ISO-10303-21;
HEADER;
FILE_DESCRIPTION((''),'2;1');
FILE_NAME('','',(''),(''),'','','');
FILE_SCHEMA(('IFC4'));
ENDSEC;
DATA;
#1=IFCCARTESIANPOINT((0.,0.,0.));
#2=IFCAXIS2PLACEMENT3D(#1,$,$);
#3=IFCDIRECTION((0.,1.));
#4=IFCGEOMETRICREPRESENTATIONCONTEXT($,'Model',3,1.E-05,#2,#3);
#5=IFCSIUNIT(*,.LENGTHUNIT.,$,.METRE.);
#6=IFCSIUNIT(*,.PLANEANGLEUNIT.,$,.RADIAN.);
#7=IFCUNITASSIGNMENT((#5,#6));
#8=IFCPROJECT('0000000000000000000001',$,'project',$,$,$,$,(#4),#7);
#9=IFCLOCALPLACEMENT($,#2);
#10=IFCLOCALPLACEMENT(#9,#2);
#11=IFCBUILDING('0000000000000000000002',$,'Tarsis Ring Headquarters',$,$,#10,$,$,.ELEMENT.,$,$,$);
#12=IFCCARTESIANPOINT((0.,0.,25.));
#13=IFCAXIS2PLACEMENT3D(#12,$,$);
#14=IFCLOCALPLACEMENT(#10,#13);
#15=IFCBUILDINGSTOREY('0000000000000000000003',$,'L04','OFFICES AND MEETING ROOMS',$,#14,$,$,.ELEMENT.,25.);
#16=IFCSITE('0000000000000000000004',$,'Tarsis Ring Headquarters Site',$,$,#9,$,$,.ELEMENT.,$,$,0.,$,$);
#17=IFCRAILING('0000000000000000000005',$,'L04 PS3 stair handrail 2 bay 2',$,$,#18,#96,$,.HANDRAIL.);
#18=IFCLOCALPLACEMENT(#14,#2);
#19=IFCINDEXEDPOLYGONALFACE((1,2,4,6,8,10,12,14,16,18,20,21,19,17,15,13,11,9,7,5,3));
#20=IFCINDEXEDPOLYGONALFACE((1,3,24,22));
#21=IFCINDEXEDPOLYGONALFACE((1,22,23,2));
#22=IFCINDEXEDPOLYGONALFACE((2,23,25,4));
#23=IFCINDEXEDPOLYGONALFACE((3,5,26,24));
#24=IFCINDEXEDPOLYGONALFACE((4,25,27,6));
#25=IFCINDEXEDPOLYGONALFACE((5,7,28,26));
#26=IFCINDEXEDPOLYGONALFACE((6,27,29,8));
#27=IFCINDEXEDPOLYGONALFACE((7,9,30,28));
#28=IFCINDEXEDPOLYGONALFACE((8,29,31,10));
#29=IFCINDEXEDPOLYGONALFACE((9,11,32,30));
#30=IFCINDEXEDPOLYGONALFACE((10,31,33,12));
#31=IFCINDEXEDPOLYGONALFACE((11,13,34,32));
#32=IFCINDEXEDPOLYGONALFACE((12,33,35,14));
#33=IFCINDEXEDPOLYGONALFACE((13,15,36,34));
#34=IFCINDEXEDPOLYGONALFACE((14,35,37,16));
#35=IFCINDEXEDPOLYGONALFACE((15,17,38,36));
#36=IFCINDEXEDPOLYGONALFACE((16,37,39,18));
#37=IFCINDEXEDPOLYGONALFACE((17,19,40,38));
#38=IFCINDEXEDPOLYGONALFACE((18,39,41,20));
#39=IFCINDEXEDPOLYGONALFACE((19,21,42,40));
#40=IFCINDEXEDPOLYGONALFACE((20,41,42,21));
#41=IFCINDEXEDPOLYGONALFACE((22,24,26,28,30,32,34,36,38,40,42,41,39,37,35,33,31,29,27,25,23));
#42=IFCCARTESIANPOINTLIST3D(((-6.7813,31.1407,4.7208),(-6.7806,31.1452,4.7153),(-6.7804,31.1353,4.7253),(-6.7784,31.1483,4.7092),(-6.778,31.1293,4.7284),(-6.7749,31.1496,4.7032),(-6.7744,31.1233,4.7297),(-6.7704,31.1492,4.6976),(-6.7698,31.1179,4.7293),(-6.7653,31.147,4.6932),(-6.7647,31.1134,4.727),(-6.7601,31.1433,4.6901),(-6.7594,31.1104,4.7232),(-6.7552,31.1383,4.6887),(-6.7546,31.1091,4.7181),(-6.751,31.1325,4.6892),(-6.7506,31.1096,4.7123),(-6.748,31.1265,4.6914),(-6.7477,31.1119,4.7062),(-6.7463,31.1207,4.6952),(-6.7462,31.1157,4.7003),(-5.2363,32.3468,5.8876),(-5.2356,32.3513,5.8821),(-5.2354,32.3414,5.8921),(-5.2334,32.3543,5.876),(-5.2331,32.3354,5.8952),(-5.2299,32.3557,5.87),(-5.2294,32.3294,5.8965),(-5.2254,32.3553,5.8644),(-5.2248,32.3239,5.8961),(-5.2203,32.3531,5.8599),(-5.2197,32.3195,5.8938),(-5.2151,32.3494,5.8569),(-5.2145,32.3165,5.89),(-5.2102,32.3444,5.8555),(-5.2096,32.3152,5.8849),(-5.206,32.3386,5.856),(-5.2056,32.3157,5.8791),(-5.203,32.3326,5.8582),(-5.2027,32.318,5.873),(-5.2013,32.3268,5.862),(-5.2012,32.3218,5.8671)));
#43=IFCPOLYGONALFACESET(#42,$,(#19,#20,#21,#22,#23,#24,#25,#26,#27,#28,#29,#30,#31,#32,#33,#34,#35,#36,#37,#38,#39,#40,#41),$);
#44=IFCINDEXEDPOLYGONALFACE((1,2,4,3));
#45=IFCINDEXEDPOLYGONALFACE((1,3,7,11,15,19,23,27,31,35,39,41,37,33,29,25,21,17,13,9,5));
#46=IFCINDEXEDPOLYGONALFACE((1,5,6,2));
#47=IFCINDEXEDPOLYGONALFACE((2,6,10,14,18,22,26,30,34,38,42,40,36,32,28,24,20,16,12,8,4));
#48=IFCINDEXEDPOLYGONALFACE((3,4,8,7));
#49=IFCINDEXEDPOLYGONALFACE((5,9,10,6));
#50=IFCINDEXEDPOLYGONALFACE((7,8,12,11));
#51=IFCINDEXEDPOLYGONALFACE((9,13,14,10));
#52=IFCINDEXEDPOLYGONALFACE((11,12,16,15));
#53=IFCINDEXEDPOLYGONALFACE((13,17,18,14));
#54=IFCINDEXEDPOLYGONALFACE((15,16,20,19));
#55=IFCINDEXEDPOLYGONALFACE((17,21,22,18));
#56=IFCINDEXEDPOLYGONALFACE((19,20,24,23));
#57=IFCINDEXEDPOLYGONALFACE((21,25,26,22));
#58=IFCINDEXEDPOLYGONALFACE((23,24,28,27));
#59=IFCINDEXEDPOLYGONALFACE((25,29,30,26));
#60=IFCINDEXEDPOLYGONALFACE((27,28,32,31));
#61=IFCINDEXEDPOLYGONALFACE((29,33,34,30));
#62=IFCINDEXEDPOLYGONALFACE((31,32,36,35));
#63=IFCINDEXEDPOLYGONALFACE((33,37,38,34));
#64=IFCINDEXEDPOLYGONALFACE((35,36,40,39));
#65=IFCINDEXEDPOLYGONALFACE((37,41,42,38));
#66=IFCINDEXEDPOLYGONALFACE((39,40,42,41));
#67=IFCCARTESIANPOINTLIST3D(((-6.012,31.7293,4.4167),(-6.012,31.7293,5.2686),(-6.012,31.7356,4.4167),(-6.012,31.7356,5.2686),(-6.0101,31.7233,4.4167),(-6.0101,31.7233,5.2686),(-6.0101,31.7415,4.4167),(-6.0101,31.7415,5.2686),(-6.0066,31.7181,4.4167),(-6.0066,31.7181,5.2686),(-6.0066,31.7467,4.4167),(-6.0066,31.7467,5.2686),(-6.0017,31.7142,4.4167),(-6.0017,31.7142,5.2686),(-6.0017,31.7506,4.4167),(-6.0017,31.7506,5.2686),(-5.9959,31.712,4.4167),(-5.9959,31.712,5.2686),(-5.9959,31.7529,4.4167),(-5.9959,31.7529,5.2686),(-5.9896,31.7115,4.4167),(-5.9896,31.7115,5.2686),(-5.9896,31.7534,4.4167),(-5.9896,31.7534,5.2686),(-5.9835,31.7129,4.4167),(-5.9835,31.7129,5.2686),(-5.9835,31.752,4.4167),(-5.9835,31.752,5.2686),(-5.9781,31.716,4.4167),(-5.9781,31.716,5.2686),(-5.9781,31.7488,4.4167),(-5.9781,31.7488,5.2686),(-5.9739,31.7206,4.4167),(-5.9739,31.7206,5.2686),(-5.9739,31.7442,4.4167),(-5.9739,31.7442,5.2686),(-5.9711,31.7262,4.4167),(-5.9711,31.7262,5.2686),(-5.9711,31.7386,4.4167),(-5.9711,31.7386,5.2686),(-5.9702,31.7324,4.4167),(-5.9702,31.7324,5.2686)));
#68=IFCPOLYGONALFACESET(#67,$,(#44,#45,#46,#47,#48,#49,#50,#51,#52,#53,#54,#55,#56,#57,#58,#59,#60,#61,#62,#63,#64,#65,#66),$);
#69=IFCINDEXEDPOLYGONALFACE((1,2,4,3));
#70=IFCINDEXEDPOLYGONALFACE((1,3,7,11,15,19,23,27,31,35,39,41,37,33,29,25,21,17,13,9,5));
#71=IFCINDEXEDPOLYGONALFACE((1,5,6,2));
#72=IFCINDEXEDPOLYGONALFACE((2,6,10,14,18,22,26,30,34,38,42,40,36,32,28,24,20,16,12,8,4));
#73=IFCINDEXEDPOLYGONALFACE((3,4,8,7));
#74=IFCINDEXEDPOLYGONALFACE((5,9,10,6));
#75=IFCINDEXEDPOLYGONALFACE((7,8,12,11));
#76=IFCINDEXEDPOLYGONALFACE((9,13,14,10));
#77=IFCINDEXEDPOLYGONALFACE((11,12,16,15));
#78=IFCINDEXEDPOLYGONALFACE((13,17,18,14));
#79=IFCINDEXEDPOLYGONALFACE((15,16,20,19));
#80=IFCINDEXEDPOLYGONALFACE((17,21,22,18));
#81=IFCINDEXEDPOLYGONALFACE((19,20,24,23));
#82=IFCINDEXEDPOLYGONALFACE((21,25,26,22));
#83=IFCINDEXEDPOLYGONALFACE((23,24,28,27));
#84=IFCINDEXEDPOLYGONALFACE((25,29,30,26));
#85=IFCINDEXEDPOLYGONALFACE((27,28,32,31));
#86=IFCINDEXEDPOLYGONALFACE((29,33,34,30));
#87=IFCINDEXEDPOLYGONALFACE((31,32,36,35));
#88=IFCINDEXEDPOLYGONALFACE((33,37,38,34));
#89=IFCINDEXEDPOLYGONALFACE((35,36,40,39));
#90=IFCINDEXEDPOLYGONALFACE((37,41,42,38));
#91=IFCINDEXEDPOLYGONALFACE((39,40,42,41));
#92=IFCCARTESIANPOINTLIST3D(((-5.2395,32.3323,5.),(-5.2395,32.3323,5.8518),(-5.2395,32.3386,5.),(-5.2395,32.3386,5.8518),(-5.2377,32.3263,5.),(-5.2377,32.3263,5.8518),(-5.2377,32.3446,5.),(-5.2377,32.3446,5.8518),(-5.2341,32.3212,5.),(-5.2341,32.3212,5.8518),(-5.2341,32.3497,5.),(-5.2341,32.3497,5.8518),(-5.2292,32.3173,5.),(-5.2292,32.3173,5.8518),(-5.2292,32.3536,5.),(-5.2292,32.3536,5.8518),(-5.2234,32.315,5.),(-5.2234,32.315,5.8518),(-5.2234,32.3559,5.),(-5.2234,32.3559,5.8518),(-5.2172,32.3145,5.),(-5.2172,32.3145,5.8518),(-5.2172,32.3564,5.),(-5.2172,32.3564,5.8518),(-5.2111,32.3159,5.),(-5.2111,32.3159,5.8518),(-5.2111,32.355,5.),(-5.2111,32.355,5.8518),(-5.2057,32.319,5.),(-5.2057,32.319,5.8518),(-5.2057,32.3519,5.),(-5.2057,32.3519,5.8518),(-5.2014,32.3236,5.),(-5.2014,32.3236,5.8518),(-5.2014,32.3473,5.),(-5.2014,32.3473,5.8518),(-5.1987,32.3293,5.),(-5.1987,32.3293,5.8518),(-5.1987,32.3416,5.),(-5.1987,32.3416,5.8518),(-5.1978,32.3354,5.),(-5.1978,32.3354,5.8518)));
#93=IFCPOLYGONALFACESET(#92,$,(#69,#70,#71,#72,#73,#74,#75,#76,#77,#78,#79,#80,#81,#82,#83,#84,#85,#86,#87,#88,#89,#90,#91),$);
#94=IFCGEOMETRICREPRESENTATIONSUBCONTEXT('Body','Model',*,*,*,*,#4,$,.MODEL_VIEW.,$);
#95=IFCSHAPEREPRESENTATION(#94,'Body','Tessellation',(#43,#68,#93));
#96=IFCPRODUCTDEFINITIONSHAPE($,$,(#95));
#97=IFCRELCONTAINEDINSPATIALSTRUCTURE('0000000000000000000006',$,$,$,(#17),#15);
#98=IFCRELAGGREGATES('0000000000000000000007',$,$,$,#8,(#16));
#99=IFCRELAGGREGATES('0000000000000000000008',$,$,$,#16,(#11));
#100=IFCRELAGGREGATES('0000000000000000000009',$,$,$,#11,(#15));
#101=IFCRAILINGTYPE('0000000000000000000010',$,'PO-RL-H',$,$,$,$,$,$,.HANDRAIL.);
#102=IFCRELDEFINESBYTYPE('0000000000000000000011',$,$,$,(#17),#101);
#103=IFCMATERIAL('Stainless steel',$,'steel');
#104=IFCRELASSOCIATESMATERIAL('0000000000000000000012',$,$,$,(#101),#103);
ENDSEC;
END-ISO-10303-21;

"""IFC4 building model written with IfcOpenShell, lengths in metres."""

from ifc_helpers import new_model, si_unit, direction, frame, origin, origin_2d, place, context, subcontext, project, spatial, circle, extrude, material, type_object, element, save


model = new_model("IFC4")

# Units and contexts
model_context = context("Model", 3, precision=1e-05, world=origin(), true_north=direction((0.0, 1.0)))
body_context = subcontext(model_context, "Body", "Model", "MODEL_VIEW")
ifc_project = project(units=[si_unit("LENGTHUNIT", "METRE"), si_unit("PLANEANGLEUNIT", "RADIAN")], contexts=[model_context])

# Site, building, storey
site_placement = place(None, origin())
site = spatial("IfcSite", under=ifc_project, at=site_placement, Name="Tarsis Ring Headquarters Site", CompositionType="ELEMENT", RefElevation=0.0)
building_placement = place(site_placement, origin())
building = spatial("IfcBuilding", under=site, at=building_placement, Name="Tarsis Ring Headquarters", CompositionType="ELEMENT")
storey_placement = place(building_placement, frame((0.0, 0.0, 25.0)))
storey = spatial("IfcBuildingStorey", under=building, at=storey_placement, Name="L04", Description="OFFICES AND MEETING ROOMS", CompositionType="ELEMENT", Elevation=25.0)

# Railing
ifc_material_1 = material(Name="Stainless steel", Category="steel")
railing_type_1 = type_object("IfcRailingType", Name="PO-RL-H", PredefinedType="HANDRAIL", material=ifc_material_1)
railing_1_placement = place(storey_placement, frame((-6.7637, 31.1294, 3.8333)))
element("IfcRailing", 1, at=railing_1_placement, inside=storey, type_object=railing_type_1, Name="L04 PS3 stair handrail 2 bay 2", PredefinedType="HANDRAIL", context=body_context, shape_type="SweptSolid", body=[
    extrude(circle(Radius=0.0239, at=origin_2d()), frame((0.0, 0.0, 0.876), z_axis=(0.67732, 0.528755, 0.511522), x_axis=(-0.615354, 0.788251, 0.0)), (0.0, 0.0, 1.0), 2.281),
    extrude(circle(Radius=0.021, at=origin_2d()), frame((0.7725, 0.603, 0.5835)), (0.0, 0.0, 1.0), 0.8518),
    extrude(circle(Radius=0.021, at=origin_2d()), frame((1.5449, 1.2061, 1.1667)), (0.0, 0.0, 1.0), 0.8518),
])

save(model, "model.ifc")
